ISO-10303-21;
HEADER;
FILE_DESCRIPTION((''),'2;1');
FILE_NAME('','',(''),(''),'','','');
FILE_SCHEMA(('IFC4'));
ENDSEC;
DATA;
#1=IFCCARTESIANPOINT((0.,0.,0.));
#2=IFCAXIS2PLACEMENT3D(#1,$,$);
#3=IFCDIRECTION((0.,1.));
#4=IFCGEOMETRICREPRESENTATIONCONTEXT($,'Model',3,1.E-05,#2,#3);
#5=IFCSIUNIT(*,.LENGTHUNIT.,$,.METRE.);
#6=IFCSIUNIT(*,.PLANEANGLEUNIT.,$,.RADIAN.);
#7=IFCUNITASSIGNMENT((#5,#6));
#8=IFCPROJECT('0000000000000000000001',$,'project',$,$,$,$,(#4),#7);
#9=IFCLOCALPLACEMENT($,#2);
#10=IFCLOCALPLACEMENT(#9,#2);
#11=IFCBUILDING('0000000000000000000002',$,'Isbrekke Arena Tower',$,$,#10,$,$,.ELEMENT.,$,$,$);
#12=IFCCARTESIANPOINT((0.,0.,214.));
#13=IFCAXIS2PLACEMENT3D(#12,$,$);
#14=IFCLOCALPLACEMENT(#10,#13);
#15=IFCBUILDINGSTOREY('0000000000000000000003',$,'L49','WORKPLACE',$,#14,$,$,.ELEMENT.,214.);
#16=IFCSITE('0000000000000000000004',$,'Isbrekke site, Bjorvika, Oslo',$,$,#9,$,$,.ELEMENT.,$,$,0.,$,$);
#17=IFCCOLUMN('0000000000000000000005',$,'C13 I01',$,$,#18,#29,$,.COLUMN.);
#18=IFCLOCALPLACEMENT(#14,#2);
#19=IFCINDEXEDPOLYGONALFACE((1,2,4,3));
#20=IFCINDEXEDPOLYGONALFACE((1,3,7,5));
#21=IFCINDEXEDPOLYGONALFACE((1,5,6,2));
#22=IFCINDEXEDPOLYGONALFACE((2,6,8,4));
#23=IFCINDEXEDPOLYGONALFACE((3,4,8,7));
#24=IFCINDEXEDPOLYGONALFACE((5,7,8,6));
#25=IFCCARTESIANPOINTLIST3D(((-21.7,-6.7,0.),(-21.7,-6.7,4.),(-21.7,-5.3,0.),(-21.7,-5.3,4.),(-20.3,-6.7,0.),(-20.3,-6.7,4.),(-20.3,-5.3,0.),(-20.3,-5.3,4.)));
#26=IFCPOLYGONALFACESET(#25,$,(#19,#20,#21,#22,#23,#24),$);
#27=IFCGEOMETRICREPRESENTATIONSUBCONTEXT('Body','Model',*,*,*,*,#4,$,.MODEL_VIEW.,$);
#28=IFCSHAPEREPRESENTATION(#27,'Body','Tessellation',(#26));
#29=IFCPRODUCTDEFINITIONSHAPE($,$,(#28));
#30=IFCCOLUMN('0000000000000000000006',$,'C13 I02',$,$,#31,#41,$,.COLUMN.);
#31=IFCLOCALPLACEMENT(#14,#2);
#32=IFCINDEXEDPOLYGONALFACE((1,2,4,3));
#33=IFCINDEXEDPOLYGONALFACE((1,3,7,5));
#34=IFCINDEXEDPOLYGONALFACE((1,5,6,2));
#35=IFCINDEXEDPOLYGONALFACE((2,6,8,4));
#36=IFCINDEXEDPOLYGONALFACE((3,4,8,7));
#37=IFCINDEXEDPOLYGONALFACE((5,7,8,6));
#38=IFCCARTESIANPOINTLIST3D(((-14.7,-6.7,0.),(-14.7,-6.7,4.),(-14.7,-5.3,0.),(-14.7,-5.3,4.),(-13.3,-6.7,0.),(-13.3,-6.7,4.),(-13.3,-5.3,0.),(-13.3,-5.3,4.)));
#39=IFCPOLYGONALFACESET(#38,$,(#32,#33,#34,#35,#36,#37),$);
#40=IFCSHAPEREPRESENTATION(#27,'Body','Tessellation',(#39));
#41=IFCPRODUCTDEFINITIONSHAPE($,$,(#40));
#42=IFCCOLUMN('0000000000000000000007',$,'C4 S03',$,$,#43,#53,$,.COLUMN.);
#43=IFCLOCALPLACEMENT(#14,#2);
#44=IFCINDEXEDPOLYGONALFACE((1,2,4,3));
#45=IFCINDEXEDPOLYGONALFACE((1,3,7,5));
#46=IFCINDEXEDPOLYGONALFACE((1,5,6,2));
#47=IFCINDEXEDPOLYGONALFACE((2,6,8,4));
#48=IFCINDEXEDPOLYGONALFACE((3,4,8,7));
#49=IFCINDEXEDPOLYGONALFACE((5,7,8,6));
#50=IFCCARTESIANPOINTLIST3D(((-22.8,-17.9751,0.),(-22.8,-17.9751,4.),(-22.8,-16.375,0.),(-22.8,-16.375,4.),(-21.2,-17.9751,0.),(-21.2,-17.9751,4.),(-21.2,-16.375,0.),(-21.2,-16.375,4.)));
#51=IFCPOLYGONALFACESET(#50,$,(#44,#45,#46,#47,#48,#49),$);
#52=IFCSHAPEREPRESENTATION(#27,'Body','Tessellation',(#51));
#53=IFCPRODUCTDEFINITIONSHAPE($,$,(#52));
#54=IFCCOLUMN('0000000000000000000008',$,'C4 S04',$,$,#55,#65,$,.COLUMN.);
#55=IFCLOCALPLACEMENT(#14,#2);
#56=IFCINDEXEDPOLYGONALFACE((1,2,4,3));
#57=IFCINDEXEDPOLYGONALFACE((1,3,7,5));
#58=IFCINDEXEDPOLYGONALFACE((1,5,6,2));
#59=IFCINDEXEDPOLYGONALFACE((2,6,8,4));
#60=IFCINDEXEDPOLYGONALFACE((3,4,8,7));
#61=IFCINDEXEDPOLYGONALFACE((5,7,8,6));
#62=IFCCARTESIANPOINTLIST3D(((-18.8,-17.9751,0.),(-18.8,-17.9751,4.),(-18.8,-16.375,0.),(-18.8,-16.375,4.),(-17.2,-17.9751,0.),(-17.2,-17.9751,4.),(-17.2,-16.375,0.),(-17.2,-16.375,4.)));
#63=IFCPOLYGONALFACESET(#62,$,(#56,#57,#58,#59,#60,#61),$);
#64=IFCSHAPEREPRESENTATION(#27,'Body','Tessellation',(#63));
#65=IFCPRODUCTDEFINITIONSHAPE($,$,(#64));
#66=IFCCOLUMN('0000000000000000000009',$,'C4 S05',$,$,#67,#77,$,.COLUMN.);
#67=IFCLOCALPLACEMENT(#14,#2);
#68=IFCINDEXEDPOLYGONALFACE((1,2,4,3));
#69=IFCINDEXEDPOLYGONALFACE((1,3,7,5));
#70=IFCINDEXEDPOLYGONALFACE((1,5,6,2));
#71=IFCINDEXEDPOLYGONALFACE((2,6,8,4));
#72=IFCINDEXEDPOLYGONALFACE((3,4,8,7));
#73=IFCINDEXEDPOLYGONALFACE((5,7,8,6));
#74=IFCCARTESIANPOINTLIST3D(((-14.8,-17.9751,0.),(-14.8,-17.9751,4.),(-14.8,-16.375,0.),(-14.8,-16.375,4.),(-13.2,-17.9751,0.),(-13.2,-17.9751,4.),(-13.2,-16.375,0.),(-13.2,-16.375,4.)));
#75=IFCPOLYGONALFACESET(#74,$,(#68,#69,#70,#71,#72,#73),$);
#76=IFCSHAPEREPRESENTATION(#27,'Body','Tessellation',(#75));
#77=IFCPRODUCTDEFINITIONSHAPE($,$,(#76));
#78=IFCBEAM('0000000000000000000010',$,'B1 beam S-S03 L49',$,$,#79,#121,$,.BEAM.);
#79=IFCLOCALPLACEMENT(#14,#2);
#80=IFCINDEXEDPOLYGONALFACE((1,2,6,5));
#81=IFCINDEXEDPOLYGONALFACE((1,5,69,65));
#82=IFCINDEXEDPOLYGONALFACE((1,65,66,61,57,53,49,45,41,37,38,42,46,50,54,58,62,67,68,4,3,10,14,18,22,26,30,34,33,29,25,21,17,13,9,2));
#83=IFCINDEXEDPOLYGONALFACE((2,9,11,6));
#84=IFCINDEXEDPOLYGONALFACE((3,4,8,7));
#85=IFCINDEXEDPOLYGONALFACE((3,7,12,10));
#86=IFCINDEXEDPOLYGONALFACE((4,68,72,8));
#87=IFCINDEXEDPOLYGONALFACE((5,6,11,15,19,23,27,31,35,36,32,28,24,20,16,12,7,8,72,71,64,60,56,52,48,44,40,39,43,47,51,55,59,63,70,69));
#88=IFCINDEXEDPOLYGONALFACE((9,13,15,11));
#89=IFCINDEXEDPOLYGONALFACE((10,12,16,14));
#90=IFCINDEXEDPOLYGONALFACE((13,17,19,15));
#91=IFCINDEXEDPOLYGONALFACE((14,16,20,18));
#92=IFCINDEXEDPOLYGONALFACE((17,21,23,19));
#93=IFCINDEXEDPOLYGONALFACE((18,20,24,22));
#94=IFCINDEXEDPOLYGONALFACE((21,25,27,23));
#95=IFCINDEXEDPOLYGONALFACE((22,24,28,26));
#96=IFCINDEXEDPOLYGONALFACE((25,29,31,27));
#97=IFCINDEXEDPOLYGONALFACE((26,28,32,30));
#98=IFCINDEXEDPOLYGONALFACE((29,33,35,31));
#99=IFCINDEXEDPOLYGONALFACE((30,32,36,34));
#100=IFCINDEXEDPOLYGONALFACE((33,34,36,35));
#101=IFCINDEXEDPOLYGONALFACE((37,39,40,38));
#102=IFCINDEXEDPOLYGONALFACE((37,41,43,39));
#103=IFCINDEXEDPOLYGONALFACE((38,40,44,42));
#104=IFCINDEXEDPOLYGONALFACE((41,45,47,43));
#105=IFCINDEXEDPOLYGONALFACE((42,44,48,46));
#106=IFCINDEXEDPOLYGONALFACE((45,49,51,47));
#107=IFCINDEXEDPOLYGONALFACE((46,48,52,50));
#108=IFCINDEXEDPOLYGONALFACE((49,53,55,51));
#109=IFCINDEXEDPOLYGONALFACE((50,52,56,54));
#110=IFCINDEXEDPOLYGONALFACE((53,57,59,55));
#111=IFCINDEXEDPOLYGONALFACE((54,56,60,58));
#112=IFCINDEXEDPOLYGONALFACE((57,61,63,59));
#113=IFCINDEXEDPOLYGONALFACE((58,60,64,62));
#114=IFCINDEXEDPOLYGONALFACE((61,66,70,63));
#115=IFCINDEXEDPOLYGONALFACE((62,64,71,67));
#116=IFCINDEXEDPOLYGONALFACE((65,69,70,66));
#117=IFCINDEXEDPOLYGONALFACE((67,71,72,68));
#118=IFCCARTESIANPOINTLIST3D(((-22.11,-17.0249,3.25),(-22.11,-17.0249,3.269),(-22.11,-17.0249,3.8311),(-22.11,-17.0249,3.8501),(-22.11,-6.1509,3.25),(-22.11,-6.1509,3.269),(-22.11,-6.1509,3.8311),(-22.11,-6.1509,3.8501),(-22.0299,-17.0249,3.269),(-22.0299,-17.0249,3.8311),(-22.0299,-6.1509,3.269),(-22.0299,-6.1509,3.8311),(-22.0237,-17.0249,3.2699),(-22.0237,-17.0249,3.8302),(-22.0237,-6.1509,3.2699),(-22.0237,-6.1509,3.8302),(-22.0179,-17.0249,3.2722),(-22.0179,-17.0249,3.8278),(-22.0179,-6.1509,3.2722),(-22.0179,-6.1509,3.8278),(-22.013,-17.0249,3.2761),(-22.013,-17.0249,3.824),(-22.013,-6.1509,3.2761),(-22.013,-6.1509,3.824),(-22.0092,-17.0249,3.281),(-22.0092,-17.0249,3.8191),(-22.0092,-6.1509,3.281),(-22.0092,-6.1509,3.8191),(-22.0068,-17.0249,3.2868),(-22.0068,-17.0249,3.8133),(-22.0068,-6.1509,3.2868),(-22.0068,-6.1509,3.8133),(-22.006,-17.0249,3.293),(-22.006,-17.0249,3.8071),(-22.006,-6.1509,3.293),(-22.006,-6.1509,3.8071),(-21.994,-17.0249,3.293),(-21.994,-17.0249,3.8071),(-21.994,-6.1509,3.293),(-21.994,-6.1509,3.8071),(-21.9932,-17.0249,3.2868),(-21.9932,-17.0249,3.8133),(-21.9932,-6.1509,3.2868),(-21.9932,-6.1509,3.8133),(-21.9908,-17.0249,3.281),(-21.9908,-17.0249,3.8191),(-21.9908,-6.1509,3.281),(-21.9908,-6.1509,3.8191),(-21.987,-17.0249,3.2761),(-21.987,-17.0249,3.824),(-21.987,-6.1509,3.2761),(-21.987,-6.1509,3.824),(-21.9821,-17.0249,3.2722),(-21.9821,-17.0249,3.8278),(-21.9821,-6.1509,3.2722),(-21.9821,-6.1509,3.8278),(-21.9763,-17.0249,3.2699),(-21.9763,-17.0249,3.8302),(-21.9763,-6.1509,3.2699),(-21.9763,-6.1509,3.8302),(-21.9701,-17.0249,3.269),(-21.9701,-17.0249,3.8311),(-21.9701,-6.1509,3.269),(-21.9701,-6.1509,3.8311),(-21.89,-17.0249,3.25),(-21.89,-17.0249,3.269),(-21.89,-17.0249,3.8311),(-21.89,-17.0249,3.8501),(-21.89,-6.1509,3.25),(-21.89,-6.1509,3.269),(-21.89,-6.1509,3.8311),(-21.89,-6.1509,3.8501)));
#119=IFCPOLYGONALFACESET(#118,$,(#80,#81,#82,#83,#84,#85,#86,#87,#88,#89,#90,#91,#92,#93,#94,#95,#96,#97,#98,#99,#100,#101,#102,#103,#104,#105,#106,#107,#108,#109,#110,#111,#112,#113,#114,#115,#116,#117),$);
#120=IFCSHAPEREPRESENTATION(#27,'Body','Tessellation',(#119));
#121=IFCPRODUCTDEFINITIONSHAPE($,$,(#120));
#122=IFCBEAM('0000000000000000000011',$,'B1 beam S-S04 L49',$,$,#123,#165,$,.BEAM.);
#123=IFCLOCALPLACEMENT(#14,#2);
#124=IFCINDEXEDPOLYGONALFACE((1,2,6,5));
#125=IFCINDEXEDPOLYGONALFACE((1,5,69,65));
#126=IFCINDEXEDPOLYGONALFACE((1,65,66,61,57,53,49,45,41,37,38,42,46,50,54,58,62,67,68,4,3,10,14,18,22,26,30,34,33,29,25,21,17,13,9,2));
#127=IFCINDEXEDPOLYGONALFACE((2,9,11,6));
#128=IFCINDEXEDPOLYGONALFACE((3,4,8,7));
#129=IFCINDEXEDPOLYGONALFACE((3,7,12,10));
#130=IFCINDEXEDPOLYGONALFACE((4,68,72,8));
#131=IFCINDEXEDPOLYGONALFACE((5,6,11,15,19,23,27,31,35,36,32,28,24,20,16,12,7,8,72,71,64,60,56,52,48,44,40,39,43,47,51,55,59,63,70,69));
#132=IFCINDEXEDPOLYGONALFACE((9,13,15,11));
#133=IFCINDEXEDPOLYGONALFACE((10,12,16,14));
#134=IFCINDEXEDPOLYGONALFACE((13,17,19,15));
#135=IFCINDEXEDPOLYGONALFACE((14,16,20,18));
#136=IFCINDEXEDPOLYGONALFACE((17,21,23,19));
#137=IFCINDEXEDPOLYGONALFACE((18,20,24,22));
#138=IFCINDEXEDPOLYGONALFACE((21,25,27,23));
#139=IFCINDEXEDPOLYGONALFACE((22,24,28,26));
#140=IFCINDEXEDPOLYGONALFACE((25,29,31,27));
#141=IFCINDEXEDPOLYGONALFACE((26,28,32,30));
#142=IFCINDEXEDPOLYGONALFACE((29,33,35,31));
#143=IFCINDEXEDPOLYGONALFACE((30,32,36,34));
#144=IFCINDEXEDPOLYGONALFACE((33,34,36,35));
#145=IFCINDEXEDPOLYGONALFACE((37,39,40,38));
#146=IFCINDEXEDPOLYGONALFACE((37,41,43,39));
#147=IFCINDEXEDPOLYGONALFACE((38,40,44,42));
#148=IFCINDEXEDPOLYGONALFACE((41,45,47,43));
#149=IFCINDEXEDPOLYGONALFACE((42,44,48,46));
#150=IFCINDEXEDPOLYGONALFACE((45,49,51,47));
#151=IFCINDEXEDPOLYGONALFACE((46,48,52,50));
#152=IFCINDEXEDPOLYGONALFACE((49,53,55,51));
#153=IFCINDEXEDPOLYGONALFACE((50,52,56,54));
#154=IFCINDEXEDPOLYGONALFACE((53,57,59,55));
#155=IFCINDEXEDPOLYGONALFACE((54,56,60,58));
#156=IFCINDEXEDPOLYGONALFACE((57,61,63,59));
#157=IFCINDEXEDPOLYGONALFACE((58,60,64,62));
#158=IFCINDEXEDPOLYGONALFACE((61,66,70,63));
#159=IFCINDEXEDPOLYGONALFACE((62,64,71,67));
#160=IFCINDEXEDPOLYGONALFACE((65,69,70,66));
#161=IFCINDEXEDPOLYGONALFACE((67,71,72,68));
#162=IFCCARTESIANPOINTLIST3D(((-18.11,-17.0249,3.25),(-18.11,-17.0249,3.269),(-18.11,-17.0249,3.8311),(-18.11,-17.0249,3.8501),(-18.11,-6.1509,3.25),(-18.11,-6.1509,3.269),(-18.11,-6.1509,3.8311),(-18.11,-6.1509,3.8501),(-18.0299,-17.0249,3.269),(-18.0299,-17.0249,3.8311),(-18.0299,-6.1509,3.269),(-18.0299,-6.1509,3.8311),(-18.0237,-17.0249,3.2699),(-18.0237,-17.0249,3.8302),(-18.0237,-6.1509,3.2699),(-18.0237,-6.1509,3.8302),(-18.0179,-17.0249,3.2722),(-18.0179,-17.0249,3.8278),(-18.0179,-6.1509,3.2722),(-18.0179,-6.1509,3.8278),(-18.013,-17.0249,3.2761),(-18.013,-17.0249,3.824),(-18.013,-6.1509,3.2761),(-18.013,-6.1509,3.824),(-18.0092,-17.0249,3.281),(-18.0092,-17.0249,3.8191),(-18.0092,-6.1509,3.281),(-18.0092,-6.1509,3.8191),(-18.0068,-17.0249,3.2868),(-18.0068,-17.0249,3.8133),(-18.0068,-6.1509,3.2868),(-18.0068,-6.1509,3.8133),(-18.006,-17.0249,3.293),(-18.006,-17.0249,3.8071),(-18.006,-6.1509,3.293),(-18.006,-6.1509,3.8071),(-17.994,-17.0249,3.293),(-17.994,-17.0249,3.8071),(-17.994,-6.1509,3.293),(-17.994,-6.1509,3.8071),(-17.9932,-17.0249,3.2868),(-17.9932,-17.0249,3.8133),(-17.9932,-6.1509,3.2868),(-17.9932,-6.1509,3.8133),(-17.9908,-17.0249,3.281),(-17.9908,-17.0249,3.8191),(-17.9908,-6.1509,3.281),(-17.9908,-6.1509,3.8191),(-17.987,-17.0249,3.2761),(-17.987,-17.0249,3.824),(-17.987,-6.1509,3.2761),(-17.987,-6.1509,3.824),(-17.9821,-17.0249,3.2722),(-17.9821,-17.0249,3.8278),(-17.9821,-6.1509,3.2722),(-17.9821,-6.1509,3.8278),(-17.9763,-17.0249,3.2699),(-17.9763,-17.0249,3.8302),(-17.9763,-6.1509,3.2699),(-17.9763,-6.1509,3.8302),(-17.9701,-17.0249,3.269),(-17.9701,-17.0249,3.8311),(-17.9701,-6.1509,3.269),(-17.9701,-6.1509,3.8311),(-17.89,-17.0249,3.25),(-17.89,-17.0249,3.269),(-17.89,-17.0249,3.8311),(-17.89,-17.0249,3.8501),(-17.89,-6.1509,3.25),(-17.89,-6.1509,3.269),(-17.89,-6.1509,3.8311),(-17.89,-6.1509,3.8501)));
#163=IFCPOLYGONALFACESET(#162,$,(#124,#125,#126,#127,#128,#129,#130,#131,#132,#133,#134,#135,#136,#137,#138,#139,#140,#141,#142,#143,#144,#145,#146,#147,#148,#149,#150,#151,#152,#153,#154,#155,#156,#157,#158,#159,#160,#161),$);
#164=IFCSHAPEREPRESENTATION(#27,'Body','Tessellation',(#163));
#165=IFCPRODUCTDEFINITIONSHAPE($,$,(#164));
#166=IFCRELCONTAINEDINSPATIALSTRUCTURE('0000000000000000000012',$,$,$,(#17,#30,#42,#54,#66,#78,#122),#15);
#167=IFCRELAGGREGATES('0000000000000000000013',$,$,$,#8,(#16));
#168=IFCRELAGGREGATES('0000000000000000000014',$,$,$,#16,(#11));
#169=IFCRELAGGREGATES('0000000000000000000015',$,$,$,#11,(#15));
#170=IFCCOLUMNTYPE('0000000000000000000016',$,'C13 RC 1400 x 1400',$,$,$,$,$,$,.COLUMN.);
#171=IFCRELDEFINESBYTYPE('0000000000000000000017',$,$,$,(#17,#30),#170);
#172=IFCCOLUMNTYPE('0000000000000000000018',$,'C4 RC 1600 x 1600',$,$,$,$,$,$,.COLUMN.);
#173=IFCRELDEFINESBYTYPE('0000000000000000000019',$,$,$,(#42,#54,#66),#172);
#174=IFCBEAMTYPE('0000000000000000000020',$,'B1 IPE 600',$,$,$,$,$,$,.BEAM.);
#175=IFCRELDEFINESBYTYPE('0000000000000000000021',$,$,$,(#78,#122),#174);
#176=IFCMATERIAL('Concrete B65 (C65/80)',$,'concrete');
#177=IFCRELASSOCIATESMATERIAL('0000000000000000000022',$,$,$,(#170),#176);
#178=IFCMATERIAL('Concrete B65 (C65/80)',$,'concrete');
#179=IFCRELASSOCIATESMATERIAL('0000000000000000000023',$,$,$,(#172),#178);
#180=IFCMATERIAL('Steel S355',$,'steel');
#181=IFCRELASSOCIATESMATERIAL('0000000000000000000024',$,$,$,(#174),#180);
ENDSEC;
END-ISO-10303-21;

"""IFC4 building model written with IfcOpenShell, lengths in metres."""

from ifc_helpers import new_model, si_unit, direction, frame, origin, origin_2d, place, context, subcontext, project, spatial, rectangle, i_section, extrude, material, material_profile, profile_set, type_object, element, save


model = new_model("IFC4")

# Units and contexts
model_context = context("Model", 3, precision=1e-05, world=origin(), true_north=direction((0.0, 1.0)))
body_context = subcontext(model_context, "Body", "Model", "MODEL_VIEW")
ifc_project = project(units=[si_unit("LENGTHUNIT", "METRE"), si_unit("PLANEANGLEUNIT", "RADIAN")], contexts=[model_context])

# Site, building, storey
site_placement = place(None, origin())
site = spatial("IfcSite", under=ifc_project, at=site_placement, Name="Isbrekke site, Bjorvika, Oslo", CompositionType="ELEMENT", RefElevation=0.0)
building_placement = place(site_placement, origin())
building = spatial("IfcBuilding", under=site, at=building_placement, Name="Isbrekke Arena Tower", CompositionType="ELEMENT")
storey_placement = place(building_placement, frame((0.0, 0.0, 214.0)))
storey = spatial("IfcBuildingStorey", under=building, at=storey_placement, Name="L49", Description="WORKPLACE", CompositionType="ELEMENT", Elevation=214.0)

# Columns
ifc_material_1 = material(Name="Concrete B65 (C65/80)", Category="concrete")
ifc_material_profile_1 = material_profile(ifc_material_1, rectangle(XDim=1.3999, YDim=1.3999, at=origin_2d()), Name="RC 1400x1400")
ifc_profile_set_1 = profile_set([ifc_material_profile_1], Name="Concrete B65 (C65/80)")
column_type_1 = type_object("IfcColumnType", Name="C13 RC 1400 x 1400", PredefinedType="COLUMN", material=ifc_profile_set_1)
for number, where, z_axis, x_axis, name in (
    (1, (-21.0, -6.0, 0.0), (0.0, 0.0, 1.0), (1.0, 0.0, 0.0), "C13 I01"),
    (2, (-14.0, -6.0, 0.0), (0.0, 0.0, 1.0), (1.0, 0.0, 0.0), "C13 I02"),
):
    element("IfcColumn", number, at=place(storey_placement, frame(where, z_axis=z_axis, x_axis=x_axis)), inside=storey, type_object=column_type_1, Name=name, PredefinedType="COLUMN", context=body_context, shape_type="SweptSolid", body=[
        extrude(rectangle(XDim=1.3999, YDim=1.3999, at=origin_2d()), origin(), (0.0, 0.0, 1.0), 4.0),
    ])
ifc_material_2 = material(Name="Concrete B65 (C65/80)", Category="concrete")
ifc_material_profile_2 = material_profile(ifc_material_2, rectangle(XDim=1.6001, YDim=1.6001, at=origin_2d()), Name="RC 1600x1600")
ifc_profile_set_2 = profile_set([ifc_material_profile_2], Name="Concrete B65 (C65/80)")
column_type_2 = type_object("IfcColumnType", Name="C4 RC 1600 x 1600", PredefinedType="COLUMN", material=ifc_profile_set_2)
for number, where, z_axis, x_axis, name in (
    (3, (-22.0, -17.175, 0.0), (0.0, 0.0, 1.0), (1.0, 0.0, 0.0), "C4 S03"),
    (4, (-18.0, -17.175, 0.0), (0.0, 0.0, 1.0), (1.0, 0.0, 0.0), "C4 S04"),
    (5, (-14.0, -17.175, 0.0), (0.0, 0.0, 1.0), (1.0, 0.0, 0.0), "C4 S05"),
):
    element("IfcColumn", number, at=place(storey_placement, frame(where, z_axis=z_axis, x_axis=x_axis)), inside=storey, type_object=column_type_2, Name=name, PredefinedType="COLUMN", context=body_context, shape_type="SweptSolid", body=[
        extrude(rectangle(XDim=1.6001, YDim=1.6001, at=origin_2d()), origin(), (0.0, 0.0, 1.0), 4.0),
    ])

# Beams
ifc_material_3 = material(Name="Steel S355", Category="steel")
ifc_material_profile_3 = material_profile(ifc_material_3, i_section(OverallWidth=0.22, OverallDepth=0.6001, WebThickness=0.012, FlangeThickness=0.019, FilletRadius=0.0239, at=origin_2d()), Name="IPE 600")
ifc_profile_set_3 = profile_set([ifc_material_profile_3], Name="Steel S355")
beam_type_1 = type_object("IfcBeamType", Name="B1 IPE 600", PredefinedType="BEAM", material=ifc_profile_set_3)
for number, where, z_axis, x_axis, name in (
    (6, (-22.0, -17.0249, 3.55), (0.0, 1.0, 0.0), (-1.0, 0.0, 0.0), "B1 beam S-S03 L49"),
    (7, (-18.0, -17.0249, 3.55), (0.0, 1.0, 0.0), (-1.0, 0.0, 0.0), "B1 beam S-S04 L49"),
):
    element("IfcBeam", number, at=place(storey_placement, frame(where, z_axis=z_axis, x_axis=x_axis)), inside=storey, type_object=beam_type_1, Name=name, PredefinedType="BEAM", context=body_context, shape_type="SweptSolid", body=[
        extrude(i_section(OverallWidth=0.22, OverallDepth=0.6001, WebThickness=0.012, FlangeThickness=0.019, FilletRadius=0.0239, at=origin_2d()), origin(), (0.0, 0.0, 1.0), 10.874),
    ])

save(model, "model.ifc")
